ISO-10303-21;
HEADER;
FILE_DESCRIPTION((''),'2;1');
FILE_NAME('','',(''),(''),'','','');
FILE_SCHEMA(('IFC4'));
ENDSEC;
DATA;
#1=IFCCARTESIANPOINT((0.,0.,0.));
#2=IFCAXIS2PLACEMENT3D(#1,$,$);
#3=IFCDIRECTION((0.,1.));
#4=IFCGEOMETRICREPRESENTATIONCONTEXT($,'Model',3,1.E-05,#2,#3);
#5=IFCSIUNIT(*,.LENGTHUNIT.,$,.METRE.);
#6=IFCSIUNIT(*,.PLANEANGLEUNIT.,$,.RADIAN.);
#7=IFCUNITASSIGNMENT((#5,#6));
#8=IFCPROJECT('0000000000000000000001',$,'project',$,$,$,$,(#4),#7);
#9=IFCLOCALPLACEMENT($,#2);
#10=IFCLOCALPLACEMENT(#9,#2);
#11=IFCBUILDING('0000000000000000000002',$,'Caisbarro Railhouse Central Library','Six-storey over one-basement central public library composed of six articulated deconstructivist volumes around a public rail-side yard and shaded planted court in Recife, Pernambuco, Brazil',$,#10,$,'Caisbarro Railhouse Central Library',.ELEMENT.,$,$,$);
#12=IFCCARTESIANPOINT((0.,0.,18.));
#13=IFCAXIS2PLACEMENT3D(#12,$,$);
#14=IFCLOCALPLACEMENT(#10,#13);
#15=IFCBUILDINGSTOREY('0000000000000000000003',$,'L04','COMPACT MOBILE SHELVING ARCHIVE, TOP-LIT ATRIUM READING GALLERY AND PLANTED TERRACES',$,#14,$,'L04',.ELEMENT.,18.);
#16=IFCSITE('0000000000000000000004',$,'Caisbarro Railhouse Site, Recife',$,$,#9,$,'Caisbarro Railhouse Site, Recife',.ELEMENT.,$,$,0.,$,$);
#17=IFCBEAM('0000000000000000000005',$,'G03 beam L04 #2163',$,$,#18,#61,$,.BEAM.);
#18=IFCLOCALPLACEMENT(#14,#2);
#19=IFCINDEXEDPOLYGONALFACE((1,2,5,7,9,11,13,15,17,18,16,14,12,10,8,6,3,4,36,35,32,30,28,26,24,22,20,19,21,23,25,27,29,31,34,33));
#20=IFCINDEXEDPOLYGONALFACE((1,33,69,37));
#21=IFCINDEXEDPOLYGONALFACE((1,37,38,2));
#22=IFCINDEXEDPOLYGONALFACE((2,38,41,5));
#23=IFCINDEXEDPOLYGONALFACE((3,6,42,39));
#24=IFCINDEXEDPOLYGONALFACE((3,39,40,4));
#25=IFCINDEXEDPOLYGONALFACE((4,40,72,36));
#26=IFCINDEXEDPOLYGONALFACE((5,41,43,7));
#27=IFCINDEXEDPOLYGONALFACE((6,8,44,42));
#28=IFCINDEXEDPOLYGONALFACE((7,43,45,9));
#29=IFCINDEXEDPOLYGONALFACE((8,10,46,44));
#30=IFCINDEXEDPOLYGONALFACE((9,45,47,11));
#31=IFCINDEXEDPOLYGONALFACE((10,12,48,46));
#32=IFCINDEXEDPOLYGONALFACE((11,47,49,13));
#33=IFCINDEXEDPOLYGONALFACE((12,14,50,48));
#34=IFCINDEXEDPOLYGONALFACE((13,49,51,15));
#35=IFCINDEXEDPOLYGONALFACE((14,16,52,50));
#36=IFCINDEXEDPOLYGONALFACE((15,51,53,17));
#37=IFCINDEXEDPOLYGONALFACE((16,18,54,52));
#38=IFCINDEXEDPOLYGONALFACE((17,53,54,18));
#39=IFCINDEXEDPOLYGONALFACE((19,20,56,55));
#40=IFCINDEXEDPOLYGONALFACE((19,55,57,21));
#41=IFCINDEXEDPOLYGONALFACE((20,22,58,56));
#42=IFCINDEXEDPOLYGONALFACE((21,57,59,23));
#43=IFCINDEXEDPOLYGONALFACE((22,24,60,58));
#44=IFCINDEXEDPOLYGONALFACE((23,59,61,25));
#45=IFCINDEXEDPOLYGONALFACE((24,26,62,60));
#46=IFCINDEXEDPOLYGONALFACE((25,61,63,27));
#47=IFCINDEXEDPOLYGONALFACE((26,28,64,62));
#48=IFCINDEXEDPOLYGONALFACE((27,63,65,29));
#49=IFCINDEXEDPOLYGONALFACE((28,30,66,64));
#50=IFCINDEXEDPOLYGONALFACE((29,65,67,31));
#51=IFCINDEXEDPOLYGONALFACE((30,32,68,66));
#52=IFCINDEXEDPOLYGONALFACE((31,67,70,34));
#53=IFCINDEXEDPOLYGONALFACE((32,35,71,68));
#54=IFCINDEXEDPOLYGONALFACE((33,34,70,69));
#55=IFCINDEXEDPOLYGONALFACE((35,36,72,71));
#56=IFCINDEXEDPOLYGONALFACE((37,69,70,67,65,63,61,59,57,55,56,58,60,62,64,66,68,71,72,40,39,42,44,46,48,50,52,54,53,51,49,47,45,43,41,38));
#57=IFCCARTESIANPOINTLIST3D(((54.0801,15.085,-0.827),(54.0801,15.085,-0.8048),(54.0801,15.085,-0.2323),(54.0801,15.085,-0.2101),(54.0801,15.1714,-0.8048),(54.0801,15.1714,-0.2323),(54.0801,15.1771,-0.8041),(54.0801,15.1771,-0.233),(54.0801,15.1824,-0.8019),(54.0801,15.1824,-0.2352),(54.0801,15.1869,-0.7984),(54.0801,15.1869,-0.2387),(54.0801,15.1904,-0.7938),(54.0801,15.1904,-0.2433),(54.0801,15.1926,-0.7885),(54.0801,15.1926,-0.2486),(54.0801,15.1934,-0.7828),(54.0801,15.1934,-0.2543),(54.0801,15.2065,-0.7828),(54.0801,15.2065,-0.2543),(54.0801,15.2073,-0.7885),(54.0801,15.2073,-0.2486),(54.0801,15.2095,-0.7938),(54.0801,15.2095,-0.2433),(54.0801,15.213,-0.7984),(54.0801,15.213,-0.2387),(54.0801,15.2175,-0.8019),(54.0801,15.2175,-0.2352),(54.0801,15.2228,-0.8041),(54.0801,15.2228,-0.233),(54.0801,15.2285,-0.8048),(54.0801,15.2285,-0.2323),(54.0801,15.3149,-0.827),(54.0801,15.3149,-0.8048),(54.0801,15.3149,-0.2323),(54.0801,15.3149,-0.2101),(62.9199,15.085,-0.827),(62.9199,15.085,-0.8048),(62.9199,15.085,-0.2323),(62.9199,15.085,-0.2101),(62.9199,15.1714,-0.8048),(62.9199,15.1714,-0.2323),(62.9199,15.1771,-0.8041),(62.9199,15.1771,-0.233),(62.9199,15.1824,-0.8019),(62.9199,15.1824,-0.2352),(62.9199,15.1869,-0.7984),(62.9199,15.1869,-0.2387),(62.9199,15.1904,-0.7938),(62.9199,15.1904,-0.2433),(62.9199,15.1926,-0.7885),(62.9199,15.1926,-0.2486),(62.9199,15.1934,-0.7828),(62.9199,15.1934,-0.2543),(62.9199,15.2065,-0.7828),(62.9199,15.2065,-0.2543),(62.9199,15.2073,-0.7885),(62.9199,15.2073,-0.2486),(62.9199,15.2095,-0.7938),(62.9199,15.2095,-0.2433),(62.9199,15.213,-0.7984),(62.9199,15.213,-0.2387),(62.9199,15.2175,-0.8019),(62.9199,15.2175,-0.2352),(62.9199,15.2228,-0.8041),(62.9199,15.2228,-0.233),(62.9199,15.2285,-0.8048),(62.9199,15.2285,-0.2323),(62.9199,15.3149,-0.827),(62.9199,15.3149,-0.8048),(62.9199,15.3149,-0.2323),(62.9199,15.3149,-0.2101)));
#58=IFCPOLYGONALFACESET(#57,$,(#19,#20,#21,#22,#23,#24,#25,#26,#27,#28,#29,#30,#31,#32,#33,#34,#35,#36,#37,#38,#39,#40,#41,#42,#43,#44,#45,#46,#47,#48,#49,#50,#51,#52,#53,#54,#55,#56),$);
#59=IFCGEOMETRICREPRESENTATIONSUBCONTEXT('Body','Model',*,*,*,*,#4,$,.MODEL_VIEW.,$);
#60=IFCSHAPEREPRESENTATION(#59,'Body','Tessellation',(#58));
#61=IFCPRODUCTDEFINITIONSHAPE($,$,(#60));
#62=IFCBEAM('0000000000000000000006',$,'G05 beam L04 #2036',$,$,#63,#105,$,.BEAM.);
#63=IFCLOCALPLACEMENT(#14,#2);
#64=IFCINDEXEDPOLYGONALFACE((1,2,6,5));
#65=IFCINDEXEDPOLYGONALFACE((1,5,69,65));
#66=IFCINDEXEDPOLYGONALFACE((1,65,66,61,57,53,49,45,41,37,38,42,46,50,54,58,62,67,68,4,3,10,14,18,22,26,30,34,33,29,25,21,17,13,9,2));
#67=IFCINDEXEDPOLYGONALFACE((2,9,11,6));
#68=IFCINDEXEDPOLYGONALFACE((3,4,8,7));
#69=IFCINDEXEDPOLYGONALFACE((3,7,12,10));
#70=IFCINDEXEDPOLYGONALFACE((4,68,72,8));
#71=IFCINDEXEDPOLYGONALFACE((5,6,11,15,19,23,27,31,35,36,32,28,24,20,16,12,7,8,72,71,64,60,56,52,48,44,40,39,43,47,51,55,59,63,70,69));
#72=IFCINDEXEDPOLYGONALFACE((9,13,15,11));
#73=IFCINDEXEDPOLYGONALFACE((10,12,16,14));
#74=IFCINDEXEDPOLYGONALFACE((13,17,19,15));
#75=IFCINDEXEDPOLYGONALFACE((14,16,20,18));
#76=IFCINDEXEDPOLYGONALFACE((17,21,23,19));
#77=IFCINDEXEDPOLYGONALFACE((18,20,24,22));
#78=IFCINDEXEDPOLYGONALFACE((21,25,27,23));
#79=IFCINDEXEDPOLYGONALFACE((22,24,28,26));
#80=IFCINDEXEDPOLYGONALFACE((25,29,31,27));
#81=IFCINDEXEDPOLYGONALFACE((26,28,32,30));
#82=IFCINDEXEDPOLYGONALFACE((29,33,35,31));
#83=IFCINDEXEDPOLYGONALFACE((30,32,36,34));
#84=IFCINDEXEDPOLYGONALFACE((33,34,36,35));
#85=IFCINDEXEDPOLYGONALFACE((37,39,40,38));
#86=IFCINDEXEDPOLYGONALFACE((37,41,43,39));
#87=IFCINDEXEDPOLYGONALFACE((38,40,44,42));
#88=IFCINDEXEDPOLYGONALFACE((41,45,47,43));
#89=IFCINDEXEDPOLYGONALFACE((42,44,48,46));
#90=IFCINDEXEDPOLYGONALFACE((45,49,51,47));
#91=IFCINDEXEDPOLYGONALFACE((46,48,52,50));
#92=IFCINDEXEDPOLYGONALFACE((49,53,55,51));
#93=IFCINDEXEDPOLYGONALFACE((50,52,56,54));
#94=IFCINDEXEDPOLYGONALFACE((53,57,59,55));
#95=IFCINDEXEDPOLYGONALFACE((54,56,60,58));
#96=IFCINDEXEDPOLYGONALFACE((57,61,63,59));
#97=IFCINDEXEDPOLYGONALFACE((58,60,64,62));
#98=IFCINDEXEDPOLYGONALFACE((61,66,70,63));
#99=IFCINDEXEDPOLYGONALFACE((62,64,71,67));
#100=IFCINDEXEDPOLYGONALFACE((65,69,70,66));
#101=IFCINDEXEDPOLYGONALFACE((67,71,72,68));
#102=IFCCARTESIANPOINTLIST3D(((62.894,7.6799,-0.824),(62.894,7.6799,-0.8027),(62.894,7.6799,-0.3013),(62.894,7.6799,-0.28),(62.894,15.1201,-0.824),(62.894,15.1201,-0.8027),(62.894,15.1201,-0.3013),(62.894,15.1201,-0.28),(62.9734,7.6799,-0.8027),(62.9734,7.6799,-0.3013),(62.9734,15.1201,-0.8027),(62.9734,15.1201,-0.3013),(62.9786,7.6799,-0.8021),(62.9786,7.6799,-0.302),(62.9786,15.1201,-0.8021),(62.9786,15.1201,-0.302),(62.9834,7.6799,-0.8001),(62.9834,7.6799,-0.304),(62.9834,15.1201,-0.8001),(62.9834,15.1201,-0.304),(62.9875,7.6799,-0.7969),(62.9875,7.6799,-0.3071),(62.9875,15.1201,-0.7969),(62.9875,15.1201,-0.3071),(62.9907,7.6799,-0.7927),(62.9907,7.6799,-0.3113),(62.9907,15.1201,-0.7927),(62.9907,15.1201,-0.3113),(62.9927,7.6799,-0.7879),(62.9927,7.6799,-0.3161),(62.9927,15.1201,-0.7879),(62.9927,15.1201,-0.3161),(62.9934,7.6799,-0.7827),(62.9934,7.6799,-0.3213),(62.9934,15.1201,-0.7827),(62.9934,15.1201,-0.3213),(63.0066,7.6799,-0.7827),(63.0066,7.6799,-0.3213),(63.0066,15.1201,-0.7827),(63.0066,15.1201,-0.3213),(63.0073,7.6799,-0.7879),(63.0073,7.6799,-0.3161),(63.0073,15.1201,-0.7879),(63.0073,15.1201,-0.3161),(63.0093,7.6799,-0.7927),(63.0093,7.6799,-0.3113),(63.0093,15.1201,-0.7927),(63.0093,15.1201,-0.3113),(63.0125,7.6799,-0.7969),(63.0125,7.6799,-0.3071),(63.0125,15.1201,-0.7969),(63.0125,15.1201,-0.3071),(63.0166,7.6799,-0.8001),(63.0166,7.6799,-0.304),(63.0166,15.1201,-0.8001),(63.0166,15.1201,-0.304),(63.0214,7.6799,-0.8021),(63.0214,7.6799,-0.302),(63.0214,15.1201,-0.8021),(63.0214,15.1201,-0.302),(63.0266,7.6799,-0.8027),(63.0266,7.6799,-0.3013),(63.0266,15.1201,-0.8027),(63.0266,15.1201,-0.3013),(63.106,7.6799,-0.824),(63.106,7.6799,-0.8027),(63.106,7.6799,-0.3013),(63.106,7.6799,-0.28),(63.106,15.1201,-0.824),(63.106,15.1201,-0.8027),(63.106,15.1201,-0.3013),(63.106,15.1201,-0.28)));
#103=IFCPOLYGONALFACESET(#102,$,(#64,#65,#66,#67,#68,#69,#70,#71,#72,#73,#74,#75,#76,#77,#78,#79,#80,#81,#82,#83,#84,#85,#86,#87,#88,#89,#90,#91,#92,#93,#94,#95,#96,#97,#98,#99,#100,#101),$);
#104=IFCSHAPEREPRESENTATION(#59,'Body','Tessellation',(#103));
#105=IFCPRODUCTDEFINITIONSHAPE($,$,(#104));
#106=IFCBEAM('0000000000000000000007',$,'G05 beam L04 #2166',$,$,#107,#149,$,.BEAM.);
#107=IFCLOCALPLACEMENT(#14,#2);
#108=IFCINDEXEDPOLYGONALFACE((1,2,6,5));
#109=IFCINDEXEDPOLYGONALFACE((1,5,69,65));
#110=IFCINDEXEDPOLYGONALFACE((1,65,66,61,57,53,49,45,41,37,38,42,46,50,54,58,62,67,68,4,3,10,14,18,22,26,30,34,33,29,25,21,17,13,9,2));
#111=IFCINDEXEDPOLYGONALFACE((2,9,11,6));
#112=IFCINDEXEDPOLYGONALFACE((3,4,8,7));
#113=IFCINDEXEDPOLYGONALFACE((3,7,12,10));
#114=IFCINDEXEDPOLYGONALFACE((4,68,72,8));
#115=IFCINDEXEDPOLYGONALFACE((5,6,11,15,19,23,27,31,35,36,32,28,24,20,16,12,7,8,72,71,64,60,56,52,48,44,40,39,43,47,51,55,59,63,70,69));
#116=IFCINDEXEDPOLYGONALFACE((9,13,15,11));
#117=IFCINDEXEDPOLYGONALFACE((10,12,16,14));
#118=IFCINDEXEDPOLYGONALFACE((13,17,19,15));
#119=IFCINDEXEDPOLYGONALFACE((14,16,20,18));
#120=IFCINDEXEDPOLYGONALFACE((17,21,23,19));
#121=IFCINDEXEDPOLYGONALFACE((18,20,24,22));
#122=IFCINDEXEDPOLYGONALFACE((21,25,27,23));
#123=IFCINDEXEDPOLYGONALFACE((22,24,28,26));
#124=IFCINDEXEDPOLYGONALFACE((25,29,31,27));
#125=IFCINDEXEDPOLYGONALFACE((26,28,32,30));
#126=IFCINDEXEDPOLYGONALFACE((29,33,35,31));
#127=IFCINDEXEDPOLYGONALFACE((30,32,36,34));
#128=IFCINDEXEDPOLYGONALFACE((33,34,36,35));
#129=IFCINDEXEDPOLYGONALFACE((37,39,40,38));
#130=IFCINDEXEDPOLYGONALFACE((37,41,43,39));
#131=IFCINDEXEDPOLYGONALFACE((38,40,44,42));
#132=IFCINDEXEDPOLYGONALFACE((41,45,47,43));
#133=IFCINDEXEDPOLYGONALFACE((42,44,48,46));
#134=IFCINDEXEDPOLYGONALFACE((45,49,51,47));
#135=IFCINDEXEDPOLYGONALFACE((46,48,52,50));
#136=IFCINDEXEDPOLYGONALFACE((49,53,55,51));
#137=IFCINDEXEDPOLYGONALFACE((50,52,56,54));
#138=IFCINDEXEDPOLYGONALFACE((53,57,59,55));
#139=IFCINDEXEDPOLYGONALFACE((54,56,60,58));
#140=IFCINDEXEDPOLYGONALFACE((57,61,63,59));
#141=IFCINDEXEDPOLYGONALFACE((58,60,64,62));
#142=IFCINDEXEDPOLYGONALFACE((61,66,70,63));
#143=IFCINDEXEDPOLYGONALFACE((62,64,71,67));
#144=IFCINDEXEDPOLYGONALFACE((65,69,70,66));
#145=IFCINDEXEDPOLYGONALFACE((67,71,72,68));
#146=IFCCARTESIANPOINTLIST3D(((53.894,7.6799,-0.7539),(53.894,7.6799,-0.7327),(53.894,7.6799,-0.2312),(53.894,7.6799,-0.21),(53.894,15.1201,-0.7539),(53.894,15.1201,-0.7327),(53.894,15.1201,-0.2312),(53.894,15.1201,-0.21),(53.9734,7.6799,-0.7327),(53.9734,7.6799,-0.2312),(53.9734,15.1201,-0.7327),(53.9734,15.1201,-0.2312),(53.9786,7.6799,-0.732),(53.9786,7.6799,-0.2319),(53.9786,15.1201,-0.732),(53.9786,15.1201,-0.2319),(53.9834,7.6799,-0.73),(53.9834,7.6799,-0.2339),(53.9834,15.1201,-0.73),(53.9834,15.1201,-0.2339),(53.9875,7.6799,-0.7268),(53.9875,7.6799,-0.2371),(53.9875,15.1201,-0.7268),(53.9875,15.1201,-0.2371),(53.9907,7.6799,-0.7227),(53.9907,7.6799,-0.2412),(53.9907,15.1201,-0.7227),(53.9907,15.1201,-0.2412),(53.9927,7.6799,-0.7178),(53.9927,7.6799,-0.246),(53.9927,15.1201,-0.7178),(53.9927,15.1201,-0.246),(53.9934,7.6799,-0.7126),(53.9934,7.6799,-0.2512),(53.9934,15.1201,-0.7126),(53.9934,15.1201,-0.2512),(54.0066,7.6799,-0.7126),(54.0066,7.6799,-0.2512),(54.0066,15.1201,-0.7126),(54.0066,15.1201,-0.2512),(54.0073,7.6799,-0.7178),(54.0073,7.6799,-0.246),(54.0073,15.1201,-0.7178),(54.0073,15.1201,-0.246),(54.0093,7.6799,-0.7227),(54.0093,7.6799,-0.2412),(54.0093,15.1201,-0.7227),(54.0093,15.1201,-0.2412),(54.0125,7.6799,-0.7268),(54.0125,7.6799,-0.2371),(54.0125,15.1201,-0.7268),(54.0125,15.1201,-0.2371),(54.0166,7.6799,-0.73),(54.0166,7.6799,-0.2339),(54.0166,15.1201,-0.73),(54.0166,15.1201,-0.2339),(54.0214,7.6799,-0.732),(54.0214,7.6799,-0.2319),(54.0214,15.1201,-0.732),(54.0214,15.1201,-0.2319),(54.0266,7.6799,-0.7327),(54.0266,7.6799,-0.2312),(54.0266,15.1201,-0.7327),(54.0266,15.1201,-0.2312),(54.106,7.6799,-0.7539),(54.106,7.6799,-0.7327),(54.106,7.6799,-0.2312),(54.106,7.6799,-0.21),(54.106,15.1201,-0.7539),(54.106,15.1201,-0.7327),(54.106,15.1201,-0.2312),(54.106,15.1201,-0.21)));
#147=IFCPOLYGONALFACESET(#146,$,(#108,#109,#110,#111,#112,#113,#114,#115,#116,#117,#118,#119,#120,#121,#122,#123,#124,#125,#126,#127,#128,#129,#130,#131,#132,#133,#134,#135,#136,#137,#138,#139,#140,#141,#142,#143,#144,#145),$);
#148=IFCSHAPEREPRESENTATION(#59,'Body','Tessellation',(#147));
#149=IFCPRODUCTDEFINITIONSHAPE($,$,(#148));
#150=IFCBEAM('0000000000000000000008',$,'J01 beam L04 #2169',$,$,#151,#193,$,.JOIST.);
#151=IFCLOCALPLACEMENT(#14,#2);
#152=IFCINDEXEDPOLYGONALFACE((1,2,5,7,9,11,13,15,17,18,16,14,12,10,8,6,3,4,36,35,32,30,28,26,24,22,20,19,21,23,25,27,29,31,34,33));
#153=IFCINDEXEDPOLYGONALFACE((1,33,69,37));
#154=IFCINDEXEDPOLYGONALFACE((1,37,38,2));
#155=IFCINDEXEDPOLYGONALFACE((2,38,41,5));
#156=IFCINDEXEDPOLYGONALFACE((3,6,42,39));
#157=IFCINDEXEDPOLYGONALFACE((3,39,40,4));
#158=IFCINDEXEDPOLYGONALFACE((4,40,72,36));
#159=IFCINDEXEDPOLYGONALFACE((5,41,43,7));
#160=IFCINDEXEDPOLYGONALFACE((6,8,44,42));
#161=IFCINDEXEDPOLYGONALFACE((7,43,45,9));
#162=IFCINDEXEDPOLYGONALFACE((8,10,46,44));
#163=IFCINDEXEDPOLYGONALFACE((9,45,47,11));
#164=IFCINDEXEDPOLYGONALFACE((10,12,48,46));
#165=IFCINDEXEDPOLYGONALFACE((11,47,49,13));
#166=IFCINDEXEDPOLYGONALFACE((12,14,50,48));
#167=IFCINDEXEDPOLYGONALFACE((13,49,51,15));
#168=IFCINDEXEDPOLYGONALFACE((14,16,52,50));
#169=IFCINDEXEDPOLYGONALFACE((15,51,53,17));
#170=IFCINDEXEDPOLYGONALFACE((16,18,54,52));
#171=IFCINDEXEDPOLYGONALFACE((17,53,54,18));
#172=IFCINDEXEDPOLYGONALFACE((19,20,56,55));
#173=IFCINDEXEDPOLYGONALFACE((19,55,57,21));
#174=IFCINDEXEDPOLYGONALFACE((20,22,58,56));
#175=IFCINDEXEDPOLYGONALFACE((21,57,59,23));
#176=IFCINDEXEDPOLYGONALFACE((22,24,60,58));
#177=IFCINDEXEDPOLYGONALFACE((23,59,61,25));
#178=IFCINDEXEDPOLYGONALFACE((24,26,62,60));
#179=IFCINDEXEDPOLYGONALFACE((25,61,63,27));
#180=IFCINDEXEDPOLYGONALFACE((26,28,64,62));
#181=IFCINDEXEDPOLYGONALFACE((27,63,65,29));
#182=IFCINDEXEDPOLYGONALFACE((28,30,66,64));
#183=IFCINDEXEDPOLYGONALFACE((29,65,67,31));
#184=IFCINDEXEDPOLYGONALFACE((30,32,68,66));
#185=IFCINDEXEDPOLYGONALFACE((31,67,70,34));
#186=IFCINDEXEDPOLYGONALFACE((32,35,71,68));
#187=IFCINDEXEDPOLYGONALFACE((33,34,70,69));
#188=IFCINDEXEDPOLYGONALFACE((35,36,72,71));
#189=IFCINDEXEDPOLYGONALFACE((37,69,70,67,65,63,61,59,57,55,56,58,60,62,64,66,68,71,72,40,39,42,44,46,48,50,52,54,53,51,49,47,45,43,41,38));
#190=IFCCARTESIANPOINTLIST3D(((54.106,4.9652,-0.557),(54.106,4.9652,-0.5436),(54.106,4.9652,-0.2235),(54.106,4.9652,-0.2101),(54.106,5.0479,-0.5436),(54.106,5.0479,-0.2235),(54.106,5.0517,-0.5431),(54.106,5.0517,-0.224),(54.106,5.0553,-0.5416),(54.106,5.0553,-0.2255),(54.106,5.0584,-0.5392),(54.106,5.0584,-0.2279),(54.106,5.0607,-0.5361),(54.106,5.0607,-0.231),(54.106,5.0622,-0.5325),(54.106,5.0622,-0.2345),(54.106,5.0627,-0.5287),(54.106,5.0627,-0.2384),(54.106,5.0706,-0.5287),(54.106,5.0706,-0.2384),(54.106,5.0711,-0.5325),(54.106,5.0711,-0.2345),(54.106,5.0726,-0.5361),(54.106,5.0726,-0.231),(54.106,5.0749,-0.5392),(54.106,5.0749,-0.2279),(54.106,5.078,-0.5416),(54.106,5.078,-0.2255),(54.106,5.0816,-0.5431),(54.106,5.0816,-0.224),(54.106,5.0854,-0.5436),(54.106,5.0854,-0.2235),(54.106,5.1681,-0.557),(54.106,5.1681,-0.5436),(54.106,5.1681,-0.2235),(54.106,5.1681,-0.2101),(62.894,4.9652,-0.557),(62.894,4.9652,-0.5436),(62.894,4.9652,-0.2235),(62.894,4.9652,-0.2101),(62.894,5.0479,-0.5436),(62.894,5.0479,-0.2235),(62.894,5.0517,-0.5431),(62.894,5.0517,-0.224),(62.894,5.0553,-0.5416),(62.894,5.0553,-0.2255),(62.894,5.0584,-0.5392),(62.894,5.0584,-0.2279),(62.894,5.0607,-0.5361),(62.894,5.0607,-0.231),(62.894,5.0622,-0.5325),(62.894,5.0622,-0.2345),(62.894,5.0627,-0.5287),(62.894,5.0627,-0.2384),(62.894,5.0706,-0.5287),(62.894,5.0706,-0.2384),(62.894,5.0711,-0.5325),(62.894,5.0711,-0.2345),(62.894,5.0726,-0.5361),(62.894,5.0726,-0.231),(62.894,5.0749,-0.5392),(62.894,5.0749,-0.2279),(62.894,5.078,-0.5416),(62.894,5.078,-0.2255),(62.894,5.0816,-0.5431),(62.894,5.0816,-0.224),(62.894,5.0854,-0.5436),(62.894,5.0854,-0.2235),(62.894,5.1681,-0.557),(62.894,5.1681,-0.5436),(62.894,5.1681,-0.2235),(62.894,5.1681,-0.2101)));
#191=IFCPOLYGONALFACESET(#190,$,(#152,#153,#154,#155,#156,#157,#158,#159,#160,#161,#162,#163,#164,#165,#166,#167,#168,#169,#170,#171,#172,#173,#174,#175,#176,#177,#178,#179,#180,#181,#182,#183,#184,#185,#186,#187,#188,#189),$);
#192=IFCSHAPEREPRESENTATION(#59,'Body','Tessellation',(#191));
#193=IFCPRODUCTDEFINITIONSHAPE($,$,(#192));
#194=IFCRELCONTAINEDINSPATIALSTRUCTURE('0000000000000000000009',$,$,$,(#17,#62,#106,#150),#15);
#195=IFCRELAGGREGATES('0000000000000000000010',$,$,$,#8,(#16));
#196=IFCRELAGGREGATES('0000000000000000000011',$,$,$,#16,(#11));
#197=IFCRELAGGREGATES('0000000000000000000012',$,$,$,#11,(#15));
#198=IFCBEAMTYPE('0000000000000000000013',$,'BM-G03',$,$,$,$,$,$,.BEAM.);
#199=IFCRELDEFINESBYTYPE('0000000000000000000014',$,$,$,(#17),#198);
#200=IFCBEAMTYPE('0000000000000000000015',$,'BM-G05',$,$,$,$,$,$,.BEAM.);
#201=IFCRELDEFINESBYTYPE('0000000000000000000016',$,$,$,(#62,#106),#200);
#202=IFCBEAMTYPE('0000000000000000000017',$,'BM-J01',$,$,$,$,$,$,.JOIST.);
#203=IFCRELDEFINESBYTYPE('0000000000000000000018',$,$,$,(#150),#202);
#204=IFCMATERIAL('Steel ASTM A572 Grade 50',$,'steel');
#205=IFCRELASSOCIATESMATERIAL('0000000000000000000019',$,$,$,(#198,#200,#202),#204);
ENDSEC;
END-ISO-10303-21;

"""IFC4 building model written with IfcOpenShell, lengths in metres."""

from ifc_helpers import new_model, si_unit, direction, frame, origin, origin_2d, place, context, subcontext, project, spatial, i_section, extrude, material, material_profile, profile_set, type_object, element, save


model = new_model("IFC4")

# Units and contexts
model_context = context("Model", 3, precision=1e-05, world=origin(), true_north=direction((0.0, 1.0)))
body_context = subcontext(model_context, "Body", "Model", "MODEL_VIEW")
ifc_project = project(units=[si_unit("LENGTHUNIT", "METRE"), si_unit("PLANEANGLEUNIT", "RADIAN")], contexts=[model_context])

# Site, building, storey
site_placement = place(None, origin())
site = spatial("IfcSite", under=ifc_project, at=site_placement, Name="Caisbarro Railhouse Site, Recife", LongName="Caisbarro Railhouse Site, Recife", CompositionType="ELEMENT", RefElevation=0.0)
building_placement = place(site_placement, origin())
building = spatial("IfcBuilding", under=site, at=building_placement, Name="Caisbarro Railhouse Central Library", Description="Six-storey over one-basement central public library composed of six articulated deconstructivist volumes around a public rail-side yard and shaded planted court in Recife, Pernambuco, Brazil", LongName="Caisbarro Railhouse Central Library", CompositionType="ELEMENT")
storey_placement = place(building_placement, frame((0.0, 0.0, 18.0)))
storey = spatial("IfcBuildingStorey", under=building, at=storey_placement, Name="L04", Description="COMPACT MOBILE SHELVING ARCHIVE, TOP-LIT ATRIUM READING GALLERY AND PLANTED TERRACES", LongName="L04", CompositionType="ELEMENT", Elevation=18.0)

# Shared definitions
ifc_material_1 = material(Name="Steel ASTM A572 Grade 50", Category="steel")

# Beams
ifc_material_profile_1 = material_profile(ifc_material_1, i_section(OverallWidth=0.23, OverallDepth=0.6169, WebThickness=0.0132, FlangeThickness=0.0222, FilletRadius=0.022, at=origin_2d()), Name="W610X140.0")
ifc_profile_set_1 = profile_set([ifc_material_profile_1], Name="Steel ASTM A572 Grade 50")
beam_type_1 = type_object("IfcBeamType", Name="BM-G03", PredefinedType="BEAM", material=ifc_profile_set_1)
for number, where, z_axis, x_axis, name in (
    (1, (54.0801, 15.2, -0.5186), (1.0, 0.0, 0.0), (0.0, 1.0, 0.0), "G03 beam L04 #2163"),
):
    element("IfcBeam", number, at=place(storey_placement, frame(where, z_axis=z_axis, x_axis=x_axis)), inside=storey, type_object=beam_type_1, Name=name, PredefinedType="BEAM", context=body_context, shape_type="SweptSolid", body=[
        extrude(i_section(OverallWidth=0.23, OverallDepth=0.6169, WebThickness=0.0132, FlangeThickness=0.0222, FilletRadius=0.022, at=origin_2d()), origin(), (0.0, 0.0, 1.0), 8.8398),
    ])
ifc_material_profile_2 = material_profile(ifc_material_1, i_section(OverallWidth=0.2119, OverallDepth=0.5439, WebThickness=0.0132, FlangeThickness=0.0212, FilletRadius=0.02, at=origin_2d()), Name="W530X123.0")
ifc_profile_set_2 = profile_set([ifc_material_profile_2], Name="Steel ASTM A572 Grade 50")
beam_type_2 = type_object("IfcBeamType", Name="BM-G05", PredefinedType="BEAM", material=ifc_profile_set_2)
for number, where, z_axis, x_axis, name in (
    (2, (63.0, 7.6799, -0.552), (0.0, 1.0, 0.0), (-1.0, 0.0, 0.0), "G05 beam L04 #2036"),
    (3, (54.0, 7.6799, -0.4819), (0.0, 1.0, 0.0), (-1.0, 0.0, 0.0), "G05 beam L04 #2166"),
):
    element("IfcBeam", number, at=place(storey_placement, frame(where, z_axis=z_axis, x_axis=x_axis)), inside=storey, type_object=beam_type_2, Name=name, PredefinedType="BEAM", context=body_context, shape_type="SweptSolid", body=[
        extrude(i_section(OverallWidth=0.2119, OverallDepth=0.5439, WebThickness=0.0132, FlangeThickness=0.0212, FilletRadius=0.02, at=origin_2d()), origin(), (0.0, 0.0, 1.0), 7.4402),
    ])
ifc_material_profile_3 = material_profile(ifc_material_1, i_section(OverallWidth=0.2029, OverallDepth=0.3469, WebThickness=0.0078, FlangeThickness=0.0134, FilletRadius=0.0149, at=origin_2d()), Name="W360X64.0")
ifc_profile_set_3 = profile_set([ifc_material_profile_3], Name="Steel ASTM A572 Grade 50")
beam_type_3 = type_object("IfcBeamType", Name="BM-J01", PredefinedType="JOIST", material=ifc_profile_set_3)
for number, where, z_axis, x_axis, name in (
    (4, (54.106, 5.0667, -0.3835), (1.0, 0.0, 0.0), (0.0, 1.0, 0.0), "J01 beam L04 #2169"),
):
    element("IfcBeam", number, at=place(storey_placement, frame(where, z_axis=z_axis, x_axis=x_axis)), inside=storey, type_object=beam_type_3, Name=name, PredefinedType="JOIST", context=body_context, shape_type="SweptSolid", body=[
        extrude(i_section(OverallWidth=0.2029, OverallDepth=0.3469, WebThickness=0.0078, FlangeThickness=0.0134, FilletRadius=0.0149, at=origin_2d()), origin(), (0.0, 0.0, 1.0), 8.7881),
    ])

save(model, "model.ifc")
